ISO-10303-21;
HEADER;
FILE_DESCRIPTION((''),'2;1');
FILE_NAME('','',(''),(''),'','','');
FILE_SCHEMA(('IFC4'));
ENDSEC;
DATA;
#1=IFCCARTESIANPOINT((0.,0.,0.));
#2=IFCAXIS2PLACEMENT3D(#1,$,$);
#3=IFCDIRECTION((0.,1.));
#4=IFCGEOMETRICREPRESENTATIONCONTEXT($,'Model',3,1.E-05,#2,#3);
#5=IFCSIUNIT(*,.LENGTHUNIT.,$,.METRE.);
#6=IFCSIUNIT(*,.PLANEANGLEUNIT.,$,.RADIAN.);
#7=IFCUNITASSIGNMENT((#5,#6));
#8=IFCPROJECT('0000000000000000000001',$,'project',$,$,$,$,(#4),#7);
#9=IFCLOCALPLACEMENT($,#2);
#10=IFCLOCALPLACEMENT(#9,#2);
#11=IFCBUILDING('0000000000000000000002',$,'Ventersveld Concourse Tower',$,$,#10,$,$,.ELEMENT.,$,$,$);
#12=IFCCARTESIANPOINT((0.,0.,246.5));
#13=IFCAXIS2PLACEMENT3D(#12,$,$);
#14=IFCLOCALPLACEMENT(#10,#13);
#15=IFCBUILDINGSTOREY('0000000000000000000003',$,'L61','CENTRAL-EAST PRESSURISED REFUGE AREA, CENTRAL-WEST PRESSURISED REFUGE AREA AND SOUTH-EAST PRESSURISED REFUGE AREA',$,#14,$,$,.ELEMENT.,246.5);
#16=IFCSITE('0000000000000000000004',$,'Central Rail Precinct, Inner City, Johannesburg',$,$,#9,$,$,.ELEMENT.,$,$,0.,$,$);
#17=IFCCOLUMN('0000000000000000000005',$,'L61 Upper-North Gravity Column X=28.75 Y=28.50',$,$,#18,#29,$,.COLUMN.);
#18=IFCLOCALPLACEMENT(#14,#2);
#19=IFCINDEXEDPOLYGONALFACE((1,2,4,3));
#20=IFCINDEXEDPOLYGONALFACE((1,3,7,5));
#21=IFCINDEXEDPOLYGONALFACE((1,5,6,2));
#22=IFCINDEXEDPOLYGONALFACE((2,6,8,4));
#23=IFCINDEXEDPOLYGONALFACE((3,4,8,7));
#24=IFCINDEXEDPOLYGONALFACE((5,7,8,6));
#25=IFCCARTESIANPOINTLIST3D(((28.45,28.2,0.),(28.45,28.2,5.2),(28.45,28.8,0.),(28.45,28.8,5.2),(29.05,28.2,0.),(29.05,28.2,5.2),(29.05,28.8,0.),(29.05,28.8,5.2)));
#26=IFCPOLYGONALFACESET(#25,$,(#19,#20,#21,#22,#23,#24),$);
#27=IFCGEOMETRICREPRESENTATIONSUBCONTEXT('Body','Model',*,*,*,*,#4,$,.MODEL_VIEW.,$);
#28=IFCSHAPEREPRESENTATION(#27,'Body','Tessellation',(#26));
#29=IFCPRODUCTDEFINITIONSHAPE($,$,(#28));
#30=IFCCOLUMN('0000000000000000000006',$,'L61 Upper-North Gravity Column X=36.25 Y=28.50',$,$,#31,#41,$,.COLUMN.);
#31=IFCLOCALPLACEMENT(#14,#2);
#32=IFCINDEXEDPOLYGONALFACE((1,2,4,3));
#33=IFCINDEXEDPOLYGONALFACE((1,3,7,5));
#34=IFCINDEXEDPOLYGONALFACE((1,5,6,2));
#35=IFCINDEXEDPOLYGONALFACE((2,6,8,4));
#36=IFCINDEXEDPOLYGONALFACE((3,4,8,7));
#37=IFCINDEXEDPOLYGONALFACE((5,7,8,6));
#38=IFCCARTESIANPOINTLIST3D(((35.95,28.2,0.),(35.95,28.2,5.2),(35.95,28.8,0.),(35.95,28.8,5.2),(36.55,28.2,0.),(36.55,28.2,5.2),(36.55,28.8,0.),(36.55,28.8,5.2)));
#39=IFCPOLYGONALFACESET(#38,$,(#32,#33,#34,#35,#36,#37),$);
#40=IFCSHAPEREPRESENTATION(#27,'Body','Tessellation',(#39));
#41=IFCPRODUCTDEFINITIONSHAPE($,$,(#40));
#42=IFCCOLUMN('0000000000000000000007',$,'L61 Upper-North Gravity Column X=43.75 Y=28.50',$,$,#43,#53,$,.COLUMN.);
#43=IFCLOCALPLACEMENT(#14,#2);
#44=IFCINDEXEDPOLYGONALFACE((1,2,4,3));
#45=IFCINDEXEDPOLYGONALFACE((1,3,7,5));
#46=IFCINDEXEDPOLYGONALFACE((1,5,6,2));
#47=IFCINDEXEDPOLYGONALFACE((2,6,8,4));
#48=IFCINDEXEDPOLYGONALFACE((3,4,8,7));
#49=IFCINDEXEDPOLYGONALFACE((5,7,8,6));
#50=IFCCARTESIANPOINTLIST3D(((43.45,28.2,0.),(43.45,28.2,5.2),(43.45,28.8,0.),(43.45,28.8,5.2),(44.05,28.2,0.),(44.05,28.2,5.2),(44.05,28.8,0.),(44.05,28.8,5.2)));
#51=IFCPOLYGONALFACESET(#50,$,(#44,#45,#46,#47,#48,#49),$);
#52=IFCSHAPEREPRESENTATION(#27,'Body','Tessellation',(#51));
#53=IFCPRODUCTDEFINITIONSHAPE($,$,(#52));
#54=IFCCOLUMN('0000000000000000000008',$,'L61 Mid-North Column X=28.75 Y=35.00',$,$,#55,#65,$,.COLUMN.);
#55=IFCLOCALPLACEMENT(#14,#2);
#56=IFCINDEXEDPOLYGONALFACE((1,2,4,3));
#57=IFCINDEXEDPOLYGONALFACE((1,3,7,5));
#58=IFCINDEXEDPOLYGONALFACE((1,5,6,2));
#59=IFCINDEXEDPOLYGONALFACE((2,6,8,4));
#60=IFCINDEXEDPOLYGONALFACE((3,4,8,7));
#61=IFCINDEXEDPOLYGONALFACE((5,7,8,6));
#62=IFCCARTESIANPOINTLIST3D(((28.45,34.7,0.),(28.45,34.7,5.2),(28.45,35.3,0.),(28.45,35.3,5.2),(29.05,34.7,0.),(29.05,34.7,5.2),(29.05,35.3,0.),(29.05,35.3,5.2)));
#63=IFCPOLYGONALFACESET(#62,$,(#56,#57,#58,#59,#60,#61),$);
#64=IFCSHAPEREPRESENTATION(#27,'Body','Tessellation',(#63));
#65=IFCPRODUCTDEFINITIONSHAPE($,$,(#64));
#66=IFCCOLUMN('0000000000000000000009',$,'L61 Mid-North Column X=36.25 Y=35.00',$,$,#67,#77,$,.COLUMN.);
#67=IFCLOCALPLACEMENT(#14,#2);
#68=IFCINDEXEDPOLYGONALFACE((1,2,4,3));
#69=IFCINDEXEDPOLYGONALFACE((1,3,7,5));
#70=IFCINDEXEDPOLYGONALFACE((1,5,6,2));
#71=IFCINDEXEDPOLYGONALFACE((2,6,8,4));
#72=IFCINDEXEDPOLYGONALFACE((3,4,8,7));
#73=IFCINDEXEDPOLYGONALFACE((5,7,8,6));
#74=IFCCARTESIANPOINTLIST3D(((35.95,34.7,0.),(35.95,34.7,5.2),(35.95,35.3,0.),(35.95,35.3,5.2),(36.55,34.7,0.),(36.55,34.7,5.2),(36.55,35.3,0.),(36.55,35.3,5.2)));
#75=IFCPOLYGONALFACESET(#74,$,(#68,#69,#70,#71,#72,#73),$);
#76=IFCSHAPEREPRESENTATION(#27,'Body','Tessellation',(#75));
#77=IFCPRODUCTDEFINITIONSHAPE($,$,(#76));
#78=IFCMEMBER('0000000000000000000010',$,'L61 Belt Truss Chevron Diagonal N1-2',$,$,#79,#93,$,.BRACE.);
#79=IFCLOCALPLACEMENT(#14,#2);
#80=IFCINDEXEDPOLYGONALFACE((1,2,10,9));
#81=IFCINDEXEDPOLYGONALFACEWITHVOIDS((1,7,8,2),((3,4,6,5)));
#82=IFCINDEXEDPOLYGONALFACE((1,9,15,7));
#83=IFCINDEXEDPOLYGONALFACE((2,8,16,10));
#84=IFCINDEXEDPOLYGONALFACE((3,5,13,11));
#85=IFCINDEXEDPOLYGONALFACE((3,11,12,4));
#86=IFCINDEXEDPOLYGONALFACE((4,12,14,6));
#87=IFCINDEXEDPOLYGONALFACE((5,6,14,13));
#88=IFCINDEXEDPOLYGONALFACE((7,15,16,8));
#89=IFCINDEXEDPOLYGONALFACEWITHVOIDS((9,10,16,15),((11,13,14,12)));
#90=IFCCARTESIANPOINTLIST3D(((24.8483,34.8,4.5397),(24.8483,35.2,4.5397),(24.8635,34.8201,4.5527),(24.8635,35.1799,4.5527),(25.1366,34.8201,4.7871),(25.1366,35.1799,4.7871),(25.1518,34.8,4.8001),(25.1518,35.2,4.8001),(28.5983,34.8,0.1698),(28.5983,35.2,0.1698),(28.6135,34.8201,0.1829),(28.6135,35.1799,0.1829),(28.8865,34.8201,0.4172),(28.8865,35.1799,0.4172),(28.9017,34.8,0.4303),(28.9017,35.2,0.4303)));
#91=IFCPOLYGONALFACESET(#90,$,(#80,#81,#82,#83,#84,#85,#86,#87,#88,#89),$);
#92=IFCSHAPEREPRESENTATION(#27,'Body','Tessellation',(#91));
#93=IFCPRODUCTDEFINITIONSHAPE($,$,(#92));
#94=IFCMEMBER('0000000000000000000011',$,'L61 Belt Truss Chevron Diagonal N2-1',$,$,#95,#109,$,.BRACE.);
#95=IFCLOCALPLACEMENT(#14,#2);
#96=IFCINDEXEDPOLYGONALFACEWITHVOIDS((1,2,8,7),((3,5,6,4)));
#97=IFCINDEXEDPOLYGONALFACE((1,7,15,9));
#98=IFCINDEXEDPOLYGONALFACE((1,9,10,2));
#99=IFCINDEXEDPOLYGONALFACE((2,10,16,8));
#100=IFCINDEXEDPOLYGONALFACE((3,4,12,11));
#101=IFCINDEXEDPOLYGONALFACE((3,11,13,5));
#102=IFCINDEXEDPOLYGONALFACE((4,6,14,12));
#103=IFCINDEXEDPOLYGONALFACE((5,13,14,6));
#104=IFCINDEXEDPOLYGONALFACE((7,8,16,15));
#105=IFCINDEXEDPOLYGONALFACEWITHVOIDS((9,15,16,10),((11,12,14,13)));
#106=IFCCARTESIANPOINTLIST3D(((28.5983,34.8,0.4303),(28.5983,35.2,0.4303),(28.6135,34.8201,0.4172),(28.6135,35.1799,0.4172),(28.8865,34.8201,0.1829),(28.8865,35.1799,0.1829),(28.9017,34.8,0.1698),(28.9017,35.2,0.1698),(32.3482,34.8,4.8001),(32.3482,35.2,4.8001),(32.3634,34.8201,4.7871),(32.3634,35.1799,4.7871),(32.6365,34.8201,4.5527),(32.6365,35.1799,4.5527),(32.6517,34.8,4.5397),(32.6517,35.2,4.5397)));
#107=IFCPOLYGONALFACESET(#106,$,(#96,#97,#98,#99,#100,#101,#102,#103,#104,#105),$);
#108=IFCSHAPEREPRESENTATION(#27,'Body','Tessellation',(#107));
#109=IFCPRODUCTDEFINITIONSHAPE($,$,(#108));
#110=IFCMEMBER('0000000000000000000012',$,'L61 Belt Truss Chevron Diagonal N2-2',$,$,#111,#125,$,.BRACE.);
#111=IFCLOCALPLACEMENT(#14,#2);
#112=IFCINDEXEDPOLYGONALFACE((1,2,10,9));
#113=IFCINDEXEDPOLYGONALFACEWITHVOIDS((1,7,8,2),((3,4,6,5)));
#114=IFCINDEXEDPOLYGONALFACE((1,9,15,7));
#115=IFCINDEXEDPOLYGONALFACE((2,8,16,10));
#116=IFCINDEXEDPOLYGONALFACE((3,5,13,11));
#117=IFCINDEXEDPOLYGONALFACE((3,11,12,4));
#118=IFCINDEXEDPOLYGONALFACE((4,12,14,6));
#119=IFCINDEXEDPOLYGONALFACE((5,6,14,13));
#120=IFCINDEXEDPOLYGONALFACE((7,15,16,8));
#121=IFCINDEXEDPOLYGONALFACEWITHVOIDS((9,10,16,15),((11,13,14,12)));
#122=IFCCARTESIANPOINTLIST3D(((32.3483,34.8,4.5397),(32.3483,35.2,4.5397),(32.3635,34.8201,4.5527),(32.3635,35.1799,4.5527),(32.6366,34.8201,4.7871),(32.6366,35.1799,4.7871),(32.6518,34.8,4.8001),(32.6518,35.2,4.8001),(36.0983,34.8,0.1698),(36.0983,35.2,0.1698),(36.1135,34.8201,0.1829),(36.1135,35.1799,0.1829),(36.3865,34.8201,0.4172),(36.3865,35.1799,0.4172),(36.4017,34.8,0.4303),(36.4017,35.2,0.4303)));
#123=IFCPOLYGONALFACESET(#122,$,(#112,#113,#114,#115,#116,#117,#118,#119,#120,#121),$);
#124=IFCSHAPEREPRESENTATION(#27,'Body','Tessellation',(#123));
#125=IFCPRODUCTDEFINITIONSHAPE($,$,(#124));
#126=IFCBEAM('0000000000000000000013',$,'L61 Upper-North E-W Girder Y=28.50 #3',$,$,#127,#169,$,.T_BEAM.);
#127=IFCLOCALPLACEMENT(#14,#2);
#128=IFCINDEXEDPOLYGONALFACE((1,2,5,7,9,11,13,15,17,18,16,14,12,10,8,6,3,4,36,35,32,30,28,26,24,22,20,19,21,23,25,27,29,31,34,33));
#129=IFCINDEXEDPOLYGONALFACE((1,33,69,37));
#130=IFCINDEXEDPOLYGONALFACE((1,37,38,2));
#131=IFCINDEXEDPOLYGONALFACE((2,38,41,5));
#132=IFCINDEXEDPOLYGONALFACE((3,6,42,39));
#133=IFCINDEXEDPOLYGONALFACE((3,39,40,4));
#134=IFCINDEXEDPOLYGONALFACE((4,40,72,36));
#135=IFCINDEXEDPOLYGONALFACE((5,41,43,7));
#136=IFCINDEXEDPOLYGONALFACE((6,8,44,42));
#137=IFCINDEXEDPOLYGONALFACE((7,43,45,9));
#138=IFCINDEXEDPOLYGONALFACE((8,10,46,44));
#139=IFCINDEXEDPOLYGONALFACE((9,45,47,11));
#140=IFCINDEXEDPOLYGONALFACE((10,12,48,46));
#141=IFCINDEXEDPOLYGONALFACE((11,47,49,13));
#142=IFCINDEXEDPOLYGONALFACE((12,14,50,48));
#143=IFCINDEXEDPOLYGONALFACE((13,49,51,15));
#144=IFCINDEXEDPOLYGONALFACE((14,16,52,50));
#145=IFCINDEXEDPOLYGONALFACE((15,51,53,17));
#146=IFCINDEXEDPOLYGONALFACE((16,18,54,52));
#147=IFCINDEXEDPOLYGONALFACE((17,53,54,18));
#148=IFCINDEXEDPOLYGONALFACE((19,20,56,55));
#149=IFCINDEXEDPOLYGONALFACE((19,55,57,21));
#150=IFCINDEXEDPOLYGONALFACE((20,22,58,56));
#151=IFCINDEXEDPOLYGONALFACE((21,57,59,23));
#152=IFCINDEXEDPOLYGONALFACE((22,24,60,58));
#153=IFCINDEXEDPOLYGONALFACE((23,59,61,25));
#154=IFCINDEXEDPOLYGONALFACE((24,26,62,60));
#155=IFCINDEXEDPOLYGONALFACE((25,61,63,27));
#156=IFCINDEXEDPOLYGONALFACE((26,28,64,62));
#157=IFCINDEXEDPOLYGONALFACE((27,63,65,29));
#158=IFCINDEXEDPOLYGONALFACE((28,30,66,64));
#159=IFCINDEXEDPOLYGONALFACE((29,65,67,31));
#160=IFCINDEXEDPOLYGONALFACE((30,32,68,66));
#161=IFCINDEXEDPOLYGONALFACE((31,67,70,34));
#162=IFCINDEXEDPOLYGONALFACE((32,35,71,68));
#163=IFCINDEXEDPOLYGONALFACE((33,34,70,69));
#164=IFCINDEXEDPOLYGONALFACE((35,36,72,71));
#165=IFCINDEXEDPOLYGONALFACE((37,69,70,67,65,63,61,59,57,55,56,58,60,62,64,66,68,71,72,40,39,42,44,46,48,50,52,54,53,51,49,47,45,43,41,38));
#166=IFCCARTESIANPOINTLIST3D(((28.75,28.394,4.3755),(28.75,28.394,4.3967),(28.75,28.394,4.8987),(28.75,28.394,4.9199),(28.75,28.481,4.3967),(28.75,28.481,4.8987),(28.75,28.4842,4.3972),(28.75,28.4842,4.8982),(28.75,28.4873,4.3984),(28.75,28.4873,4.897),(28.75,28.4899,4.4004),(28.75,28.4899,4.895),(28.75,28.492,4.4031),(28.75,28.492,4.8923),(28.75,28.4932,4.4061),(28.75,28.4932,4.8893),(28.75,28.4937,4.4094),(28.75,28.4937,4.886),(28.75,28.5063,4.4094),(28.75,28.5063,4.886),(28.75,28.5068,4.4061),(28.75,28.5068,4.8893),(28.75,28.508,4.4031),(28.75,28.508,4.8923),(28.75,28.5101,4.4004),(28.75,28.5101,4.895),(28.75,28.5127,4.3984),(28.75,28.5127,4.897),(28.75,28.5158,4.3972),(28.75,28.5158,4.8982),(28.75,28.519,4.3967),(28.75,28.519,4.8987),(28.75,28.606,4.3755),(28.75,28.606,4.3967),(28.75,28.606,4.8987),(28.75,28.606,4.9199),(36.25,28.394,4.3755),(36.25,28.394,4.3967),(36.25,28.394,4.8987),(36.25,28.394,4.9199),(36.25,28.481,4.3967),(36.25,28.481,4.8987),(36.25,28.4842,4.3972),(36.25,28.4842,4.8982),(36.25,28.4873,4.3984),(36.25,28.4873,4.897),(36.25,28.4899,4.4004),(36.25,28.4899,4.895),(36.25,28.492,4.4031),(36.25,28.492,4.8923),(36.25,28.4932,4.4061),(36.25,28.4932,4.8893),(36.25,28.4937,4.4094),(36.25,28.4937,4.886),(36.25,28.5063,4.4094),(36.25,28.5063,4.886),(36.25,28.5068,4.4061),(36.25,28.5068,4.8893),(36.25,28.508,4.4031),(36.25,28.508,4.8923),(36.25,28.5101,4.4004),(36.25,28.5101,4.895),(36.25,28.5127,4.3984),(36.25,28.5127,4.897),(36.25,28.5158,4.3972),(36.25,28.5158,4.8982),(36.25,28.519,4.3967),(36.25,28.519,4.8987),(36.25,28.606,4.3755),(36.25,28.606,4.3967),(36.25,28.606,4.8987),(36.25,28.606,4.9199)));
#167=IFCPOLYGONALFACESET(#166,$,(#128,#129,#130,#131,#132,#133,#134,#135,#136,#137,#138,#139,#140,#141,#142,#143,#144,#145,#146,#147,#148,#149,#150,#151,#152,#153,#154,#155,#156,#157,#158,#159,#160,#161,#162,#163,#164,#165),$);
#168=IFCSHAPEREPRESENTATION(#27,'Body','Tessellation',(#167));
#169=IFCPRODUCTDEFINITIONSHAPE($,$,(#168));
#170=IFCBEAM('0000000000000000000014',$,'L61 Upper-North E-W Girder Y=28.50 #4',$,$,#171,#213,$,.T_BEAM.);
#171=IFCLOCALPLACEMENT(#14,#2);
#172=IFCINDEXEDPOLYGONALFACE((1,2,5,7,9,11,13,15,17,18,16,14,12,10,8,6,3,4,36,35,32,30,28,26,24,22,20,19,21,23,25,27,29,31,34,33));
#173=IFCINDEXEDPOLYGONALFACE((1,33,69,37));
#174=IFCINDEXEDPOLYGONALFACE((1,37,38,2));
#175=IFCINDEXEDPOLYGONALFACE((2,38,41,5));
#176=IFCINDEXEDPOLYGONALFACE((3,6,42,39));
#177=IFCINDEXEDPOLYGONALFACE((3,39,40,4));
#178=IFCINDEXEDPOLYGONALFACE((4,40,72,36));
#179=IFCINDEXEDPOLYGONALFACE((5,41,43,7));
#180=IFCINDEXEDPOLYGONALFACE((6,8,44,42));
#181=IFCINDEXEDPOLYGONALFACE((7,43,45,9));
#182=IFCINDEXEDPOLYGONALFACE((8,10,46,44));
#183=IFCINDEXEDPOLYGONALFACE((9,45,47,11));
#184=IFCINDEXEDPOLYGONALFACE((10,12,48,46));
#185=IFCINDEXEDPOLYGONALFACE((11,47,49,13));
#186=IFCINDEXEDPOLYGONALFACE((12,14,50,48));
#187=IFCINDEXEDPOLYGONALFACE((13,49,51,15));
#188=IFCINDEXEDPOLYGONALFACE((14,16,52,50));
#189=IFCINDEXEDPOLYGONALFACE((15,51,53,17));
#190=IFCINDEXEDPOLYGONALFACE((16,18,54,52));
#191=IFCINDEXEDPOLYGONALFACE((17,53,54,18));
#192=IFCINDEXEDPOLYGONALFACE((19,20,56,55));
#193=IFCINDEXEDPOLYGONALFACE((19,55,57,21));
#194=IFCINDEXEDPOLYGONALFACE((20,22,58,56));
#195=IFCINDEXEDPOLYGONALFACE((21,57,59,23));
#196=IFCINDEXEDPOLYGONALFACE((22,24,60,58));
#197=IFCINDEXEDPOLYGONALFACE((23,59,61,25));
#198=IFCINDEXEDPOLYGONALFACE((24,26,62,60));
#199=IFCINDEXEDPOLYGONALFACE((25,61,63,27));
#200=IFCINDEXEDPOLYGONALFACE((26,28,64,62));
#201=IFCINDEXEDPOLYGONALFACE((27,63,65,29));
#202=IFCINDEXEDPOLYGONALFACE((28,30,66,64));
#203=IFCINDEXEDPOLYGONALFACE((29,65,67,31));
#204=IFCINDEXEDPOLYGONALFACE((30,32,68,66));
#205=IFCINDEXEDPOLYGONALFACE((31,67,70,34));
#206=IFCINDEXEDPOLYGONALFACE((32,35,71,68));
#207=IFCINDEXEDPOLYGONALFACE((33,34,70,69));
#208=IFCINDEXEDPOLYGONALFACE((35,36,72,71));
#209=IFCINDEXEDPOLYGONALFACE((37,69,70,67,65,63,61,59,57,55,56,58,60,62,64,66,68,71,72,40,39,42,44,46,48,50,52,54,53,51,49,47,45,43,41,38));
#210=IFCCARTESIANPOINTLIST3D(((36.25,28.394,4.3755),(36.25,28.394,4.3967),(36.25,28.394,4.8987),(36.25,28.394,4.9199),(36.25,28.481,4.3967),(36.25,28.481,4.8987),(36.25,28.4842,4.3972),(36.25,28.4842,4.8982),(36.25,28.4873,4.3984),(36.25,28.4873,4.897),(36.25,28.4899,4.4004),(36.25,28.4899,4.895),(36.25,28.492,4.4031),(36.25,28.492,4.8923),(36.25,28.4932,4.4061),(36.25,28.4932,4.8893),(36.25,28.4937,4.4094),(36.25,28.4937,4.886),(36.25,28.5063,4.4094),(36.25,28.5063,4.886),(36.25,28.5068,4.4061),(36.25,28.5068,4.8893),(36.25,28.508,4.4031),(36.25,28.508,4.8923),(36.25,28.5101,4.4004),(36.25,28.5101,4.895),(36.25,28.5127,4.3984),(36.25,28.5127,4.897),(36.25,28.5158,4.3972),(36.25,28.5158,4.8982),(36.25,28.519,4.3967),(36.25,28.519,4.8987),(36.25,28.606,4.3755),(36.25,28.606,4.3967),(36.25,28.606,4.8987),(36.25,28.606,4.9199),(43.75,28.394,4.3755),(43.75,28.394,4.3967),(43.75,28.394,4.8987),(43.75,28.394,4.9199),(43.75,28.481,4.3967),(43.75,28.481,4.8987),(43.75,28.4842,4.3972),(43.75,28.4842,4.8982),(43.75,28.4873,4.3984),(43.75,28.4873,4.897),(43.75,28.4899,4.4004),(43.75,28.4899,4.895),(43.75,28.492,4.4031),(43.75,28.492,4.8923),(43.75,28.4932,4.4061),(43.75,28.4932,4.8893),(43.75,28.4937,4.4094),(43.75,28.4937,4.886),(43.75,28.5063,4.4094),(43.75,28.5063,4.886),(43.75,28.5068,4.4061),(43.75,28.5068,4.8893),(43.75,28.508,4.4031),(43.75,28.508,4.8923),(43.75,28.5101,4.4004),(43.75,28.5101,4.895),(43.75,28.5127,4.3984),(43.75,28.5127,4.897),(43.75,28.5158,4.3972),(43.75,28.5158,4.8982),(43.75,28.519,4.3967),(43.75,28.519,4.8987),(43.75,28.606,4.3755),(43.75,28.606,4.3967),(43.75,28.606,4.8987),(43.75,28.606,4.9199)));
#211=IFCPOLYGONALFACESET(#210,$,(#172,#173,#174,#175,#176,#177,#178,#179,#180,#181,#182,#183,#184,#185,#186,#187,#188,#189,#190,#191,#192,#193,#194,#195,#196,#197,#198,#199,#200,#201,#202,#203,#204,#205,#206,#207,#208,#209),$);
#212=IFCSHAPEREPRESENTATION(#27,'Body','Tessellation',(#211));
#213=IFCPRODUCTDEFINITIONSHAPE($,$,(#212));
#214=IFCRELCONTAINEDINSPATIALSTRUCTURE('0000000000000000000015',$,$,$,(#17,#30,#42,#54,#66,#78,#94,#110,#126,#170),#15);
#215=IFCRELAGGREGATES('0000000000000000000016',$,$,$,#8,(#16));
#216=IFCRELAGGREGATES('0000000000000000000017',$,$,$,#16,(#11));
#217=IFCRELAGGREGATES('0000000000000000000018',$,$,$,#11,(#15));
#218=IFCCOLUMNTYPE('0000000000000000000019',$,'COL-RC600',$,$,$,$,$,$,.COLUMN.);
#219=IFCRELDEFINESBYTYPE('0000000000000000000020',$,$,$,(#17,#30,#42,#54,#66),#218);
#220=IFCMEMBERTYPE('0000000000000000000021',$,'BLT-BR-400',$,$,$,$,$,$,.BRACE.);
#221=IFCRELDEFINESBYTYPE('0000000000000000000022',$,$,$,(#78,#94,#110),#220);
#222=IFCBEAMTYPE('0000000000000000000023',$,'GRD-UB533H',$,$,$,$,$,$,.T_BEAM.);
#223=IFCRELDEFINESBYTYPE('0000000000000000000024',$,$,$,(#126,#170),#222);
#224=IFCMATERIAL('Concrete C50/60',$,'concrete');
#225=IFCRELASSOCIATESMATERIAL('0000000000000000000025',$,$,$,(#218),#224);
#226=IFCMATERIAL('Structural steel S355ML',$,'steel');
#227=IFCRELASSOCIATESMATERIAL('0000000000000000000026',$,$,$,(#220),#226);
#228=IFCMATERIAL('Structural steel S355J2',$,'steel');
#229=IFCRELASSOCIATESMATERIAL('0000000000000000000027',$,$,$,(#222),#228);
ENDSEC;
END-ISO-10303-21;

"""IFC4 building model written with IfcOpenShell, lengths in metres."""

from ifc_helpers import new_model, si_unit, direction, frame, origin, origin_2d, place, context, subcontext, project, spatial, rectangle, hollow_rectangle, i_section, extrude, material, material_profile, profile_set, type_object, element, save


model = new_model("IFC4")

# Units and contexts
model_context = context("Model", 3, precision=1e-05, world=origin(), true_north=direction((0.0, 1.0)))
body_context = subcontext(model_context, "Body", "Model", "MODEL_VIEW")
ifc_project = project(units=[si_unit("LENGTHUNIT", "METRE"), si_unit("PLANEANGLEUNIT", "RADIAN")], contexts=[model_context])

# Site, building, storey
site_placement = place(None, origin())
site = spatial("IfcSite", under=ifc_project, at=site_placement, Name="Central Rail Precinct, Inner City, Johannesburg", CompositionType="ELEMENT", RefElevation=0.0)
building_placement = place(site_placement, origin())
building = spatial("IfcBuilding", under=site, at=building_placement, Name="Ventersveld Concourse Tower", CompositionType="ELEMENT")
storey_placement = place(building_placement, frame((0.0, 0.0, 246.5)))
storey = spatial("IfcBuildingStorey", under=building, at=storey_placement, Name="L61", Description="CENTRAL-EAST PRESSURISED REFUGE AREA, CENTRAL-WEST PRESSURISED REFUGE AREA AND SOUTH-EAST PRESSURISED REFUGE AREA", CompositionType="ELEMENT", Elevation=246.5)

# Columns
ifc_material_1 = material(Name="Concrete C50/60", Category="concrete")
ifc_material_profile_1 = material_profile(ifc_material_1, rectangle(XDim=0.6001, YDim=0.6001, at=origin_2d()), Name="RC 600x600")
ifc_profile_set_1 = profile_set([ifc_material_profile_1], Name="Concrete C50/60")
column_type = type_object("IfcColumnType", Name="COL-RC600", PredefinedType="COLUMN", material=ifc_profile_set_1)
for number, where, z_axis, x_axis, name in (
    (1, (28.75, 28.5, 0.0), (0.0, 0.0, 1.0), (1.0, 0.0, 0.0), "L61 Upper-North Gravity Column X=28.75 Y=28.50"),
    (2, (36.25, 28.5, 0.0), (0.0, 0.0, 1.0), (1.0, 0.0, 0.0), "L61 Upper-North Gravity Column X=36.25 Y=28.50"),
    (3, (43.75, 28.5, 0.0), (0.0, 0.0, 1.0), (1.0, 0.0, 0.0), "L61 Upper-North Gravity Column X=43.75 Y=28.50"),
    (4, (28.75, 35.0, 0.0), (0.0, 0.0, 1.0), (1.0, 0.0, 0.0), "L61 Mid-North Column X=28.75 Y=35.00"),
    (5, (36.25, 35.0, 0.0), (0.0, 0.0, 1.0), (1.0, 0.0, 0.0), "L61 Mid-North Column X=36.25 Y=35.00"),
):
    element("IfcColumn", number, at=place(storey_placement, frame(where, z_axis=z_axis, x_axis=x_axis)), inside=storey, type_object=column_type, Name=name, PredefinedType="COLUMN", context=body_context, shape_type="SweptSolid", body=[
        extrude(rectangle(XDim=0.6001, YDim=0.6001, at=origin_2d()), origin(), (0.0, 0.0, 1.0), 5.2),
    ])

# Members
ifc_material_2 = material(Name="Structural steel S355ML", Category="steel")
ifc_material_profile_2 = material_profile(ifc_material_2, hollow_rectangle(XDim=0.3999, YDim=0.3999, WallThickness=0.02, at=origin_2d()), Name="SHS 400x400x20")
ifc_profile_set_2 = profile_set([ifc_material_profile_2], Name="Structural steel S355ML")
member_type_1 = type_object("IfcMemberType", Name="BLT-BR-400", PredefinedType="BRACE", material=ifc_profile_set_2)
for number, where, z_axis, x_axis, name in (
    (6, (28.75, 35.0, 0.3), (-0.651231, 0.0, 0.758879), (0.0, -1.0, 0.0), "L61 Belt Truss Chevron Diagonal N1-2"),
    (7, (28.75, 35.0, 0.3), (0.651231, 0.0, 0.758879), (0.0, 1.0, 0.0), "L61 Belt Truss Chevron Diagonal N2-1"),
    (8, (36.25, 35.0, 0.3), (-0.651231, 0.0, 0.758879), (0.0, -1.0, 0.0), "L61 Belt Truss Chevron Diagonal N2-2"),
):
    element("IfcMember", number, at=place(storey_placement, frame(where, z_axis=z_axis, x_axis=x_axis)), inside=storey, type_object=member_type_1, Name=name, PredefinedType="BRACE", context=body_context, shape_type="SweptSolid", body=[
        extrude(hollow_rectangle(XDim=0.3999, YDim=0.3999, WallThickness=0.02, at=origin_2d()), origin(), (0.0, 0.0, 1.0), 5.7583),
    ])

# Beams
ifc_material_3 = material(Name="Structural steel S355J2", Category="steel")
ifc_material_profile_3 = material_profile(ifc_material_3, i_section(OverallWidth=0.2119, OverallDepth=0.5444, WebThickness=0.0127, FlangeThickness=0.0212, FilletRadius=0.0127, at=origin_2d()), Name="UB 533x210x122")
ifc_profile_set_3 = profile_set([ifc_material_profile_3], Name="Structural steel S355J2")
beam_type_1 = type_object("IfcBeamType", Name="GRD-UB533H", PredefinedType="T_BEAM", material=ifc_profile_set_3)
for number, where, z_axis, x_axis, name in (
    (9, (28.75, 28.5, 4.6477), (1.0, 0.0, 0.0), (0.0, 1.0, 0.0), "L61 Upper-North E-W Girder Y=28.50 #3"),
    (10, (36.25, 28.5, 4.6477), (1.0, 0.0, 0.0), (0.0, 1.0, 0.0), "L61 Upper-North E-W Girder Y=28.50 #4"),
):
    element("IfcBeam", number, at=place(storey_placement, frame(where, z_axis=z_axis, x_axis=x_axis)), inside=storey, type_object=beam_type_1, Name=name, PredefinedType="T_BEAM", context=body_context, shape_type="SweptSolid", body=[
        extrude(i_section(OverallWidth=0.2119, OverallDepth=0.5444, WebThickness=0.0127, FlangeThickness=0.0212, FilletRadius=0.0127, at=origin_2d()), origin(), (0.0, 0.0, 1.0), 7.5),
    ])

save(model, "model.ifc")
